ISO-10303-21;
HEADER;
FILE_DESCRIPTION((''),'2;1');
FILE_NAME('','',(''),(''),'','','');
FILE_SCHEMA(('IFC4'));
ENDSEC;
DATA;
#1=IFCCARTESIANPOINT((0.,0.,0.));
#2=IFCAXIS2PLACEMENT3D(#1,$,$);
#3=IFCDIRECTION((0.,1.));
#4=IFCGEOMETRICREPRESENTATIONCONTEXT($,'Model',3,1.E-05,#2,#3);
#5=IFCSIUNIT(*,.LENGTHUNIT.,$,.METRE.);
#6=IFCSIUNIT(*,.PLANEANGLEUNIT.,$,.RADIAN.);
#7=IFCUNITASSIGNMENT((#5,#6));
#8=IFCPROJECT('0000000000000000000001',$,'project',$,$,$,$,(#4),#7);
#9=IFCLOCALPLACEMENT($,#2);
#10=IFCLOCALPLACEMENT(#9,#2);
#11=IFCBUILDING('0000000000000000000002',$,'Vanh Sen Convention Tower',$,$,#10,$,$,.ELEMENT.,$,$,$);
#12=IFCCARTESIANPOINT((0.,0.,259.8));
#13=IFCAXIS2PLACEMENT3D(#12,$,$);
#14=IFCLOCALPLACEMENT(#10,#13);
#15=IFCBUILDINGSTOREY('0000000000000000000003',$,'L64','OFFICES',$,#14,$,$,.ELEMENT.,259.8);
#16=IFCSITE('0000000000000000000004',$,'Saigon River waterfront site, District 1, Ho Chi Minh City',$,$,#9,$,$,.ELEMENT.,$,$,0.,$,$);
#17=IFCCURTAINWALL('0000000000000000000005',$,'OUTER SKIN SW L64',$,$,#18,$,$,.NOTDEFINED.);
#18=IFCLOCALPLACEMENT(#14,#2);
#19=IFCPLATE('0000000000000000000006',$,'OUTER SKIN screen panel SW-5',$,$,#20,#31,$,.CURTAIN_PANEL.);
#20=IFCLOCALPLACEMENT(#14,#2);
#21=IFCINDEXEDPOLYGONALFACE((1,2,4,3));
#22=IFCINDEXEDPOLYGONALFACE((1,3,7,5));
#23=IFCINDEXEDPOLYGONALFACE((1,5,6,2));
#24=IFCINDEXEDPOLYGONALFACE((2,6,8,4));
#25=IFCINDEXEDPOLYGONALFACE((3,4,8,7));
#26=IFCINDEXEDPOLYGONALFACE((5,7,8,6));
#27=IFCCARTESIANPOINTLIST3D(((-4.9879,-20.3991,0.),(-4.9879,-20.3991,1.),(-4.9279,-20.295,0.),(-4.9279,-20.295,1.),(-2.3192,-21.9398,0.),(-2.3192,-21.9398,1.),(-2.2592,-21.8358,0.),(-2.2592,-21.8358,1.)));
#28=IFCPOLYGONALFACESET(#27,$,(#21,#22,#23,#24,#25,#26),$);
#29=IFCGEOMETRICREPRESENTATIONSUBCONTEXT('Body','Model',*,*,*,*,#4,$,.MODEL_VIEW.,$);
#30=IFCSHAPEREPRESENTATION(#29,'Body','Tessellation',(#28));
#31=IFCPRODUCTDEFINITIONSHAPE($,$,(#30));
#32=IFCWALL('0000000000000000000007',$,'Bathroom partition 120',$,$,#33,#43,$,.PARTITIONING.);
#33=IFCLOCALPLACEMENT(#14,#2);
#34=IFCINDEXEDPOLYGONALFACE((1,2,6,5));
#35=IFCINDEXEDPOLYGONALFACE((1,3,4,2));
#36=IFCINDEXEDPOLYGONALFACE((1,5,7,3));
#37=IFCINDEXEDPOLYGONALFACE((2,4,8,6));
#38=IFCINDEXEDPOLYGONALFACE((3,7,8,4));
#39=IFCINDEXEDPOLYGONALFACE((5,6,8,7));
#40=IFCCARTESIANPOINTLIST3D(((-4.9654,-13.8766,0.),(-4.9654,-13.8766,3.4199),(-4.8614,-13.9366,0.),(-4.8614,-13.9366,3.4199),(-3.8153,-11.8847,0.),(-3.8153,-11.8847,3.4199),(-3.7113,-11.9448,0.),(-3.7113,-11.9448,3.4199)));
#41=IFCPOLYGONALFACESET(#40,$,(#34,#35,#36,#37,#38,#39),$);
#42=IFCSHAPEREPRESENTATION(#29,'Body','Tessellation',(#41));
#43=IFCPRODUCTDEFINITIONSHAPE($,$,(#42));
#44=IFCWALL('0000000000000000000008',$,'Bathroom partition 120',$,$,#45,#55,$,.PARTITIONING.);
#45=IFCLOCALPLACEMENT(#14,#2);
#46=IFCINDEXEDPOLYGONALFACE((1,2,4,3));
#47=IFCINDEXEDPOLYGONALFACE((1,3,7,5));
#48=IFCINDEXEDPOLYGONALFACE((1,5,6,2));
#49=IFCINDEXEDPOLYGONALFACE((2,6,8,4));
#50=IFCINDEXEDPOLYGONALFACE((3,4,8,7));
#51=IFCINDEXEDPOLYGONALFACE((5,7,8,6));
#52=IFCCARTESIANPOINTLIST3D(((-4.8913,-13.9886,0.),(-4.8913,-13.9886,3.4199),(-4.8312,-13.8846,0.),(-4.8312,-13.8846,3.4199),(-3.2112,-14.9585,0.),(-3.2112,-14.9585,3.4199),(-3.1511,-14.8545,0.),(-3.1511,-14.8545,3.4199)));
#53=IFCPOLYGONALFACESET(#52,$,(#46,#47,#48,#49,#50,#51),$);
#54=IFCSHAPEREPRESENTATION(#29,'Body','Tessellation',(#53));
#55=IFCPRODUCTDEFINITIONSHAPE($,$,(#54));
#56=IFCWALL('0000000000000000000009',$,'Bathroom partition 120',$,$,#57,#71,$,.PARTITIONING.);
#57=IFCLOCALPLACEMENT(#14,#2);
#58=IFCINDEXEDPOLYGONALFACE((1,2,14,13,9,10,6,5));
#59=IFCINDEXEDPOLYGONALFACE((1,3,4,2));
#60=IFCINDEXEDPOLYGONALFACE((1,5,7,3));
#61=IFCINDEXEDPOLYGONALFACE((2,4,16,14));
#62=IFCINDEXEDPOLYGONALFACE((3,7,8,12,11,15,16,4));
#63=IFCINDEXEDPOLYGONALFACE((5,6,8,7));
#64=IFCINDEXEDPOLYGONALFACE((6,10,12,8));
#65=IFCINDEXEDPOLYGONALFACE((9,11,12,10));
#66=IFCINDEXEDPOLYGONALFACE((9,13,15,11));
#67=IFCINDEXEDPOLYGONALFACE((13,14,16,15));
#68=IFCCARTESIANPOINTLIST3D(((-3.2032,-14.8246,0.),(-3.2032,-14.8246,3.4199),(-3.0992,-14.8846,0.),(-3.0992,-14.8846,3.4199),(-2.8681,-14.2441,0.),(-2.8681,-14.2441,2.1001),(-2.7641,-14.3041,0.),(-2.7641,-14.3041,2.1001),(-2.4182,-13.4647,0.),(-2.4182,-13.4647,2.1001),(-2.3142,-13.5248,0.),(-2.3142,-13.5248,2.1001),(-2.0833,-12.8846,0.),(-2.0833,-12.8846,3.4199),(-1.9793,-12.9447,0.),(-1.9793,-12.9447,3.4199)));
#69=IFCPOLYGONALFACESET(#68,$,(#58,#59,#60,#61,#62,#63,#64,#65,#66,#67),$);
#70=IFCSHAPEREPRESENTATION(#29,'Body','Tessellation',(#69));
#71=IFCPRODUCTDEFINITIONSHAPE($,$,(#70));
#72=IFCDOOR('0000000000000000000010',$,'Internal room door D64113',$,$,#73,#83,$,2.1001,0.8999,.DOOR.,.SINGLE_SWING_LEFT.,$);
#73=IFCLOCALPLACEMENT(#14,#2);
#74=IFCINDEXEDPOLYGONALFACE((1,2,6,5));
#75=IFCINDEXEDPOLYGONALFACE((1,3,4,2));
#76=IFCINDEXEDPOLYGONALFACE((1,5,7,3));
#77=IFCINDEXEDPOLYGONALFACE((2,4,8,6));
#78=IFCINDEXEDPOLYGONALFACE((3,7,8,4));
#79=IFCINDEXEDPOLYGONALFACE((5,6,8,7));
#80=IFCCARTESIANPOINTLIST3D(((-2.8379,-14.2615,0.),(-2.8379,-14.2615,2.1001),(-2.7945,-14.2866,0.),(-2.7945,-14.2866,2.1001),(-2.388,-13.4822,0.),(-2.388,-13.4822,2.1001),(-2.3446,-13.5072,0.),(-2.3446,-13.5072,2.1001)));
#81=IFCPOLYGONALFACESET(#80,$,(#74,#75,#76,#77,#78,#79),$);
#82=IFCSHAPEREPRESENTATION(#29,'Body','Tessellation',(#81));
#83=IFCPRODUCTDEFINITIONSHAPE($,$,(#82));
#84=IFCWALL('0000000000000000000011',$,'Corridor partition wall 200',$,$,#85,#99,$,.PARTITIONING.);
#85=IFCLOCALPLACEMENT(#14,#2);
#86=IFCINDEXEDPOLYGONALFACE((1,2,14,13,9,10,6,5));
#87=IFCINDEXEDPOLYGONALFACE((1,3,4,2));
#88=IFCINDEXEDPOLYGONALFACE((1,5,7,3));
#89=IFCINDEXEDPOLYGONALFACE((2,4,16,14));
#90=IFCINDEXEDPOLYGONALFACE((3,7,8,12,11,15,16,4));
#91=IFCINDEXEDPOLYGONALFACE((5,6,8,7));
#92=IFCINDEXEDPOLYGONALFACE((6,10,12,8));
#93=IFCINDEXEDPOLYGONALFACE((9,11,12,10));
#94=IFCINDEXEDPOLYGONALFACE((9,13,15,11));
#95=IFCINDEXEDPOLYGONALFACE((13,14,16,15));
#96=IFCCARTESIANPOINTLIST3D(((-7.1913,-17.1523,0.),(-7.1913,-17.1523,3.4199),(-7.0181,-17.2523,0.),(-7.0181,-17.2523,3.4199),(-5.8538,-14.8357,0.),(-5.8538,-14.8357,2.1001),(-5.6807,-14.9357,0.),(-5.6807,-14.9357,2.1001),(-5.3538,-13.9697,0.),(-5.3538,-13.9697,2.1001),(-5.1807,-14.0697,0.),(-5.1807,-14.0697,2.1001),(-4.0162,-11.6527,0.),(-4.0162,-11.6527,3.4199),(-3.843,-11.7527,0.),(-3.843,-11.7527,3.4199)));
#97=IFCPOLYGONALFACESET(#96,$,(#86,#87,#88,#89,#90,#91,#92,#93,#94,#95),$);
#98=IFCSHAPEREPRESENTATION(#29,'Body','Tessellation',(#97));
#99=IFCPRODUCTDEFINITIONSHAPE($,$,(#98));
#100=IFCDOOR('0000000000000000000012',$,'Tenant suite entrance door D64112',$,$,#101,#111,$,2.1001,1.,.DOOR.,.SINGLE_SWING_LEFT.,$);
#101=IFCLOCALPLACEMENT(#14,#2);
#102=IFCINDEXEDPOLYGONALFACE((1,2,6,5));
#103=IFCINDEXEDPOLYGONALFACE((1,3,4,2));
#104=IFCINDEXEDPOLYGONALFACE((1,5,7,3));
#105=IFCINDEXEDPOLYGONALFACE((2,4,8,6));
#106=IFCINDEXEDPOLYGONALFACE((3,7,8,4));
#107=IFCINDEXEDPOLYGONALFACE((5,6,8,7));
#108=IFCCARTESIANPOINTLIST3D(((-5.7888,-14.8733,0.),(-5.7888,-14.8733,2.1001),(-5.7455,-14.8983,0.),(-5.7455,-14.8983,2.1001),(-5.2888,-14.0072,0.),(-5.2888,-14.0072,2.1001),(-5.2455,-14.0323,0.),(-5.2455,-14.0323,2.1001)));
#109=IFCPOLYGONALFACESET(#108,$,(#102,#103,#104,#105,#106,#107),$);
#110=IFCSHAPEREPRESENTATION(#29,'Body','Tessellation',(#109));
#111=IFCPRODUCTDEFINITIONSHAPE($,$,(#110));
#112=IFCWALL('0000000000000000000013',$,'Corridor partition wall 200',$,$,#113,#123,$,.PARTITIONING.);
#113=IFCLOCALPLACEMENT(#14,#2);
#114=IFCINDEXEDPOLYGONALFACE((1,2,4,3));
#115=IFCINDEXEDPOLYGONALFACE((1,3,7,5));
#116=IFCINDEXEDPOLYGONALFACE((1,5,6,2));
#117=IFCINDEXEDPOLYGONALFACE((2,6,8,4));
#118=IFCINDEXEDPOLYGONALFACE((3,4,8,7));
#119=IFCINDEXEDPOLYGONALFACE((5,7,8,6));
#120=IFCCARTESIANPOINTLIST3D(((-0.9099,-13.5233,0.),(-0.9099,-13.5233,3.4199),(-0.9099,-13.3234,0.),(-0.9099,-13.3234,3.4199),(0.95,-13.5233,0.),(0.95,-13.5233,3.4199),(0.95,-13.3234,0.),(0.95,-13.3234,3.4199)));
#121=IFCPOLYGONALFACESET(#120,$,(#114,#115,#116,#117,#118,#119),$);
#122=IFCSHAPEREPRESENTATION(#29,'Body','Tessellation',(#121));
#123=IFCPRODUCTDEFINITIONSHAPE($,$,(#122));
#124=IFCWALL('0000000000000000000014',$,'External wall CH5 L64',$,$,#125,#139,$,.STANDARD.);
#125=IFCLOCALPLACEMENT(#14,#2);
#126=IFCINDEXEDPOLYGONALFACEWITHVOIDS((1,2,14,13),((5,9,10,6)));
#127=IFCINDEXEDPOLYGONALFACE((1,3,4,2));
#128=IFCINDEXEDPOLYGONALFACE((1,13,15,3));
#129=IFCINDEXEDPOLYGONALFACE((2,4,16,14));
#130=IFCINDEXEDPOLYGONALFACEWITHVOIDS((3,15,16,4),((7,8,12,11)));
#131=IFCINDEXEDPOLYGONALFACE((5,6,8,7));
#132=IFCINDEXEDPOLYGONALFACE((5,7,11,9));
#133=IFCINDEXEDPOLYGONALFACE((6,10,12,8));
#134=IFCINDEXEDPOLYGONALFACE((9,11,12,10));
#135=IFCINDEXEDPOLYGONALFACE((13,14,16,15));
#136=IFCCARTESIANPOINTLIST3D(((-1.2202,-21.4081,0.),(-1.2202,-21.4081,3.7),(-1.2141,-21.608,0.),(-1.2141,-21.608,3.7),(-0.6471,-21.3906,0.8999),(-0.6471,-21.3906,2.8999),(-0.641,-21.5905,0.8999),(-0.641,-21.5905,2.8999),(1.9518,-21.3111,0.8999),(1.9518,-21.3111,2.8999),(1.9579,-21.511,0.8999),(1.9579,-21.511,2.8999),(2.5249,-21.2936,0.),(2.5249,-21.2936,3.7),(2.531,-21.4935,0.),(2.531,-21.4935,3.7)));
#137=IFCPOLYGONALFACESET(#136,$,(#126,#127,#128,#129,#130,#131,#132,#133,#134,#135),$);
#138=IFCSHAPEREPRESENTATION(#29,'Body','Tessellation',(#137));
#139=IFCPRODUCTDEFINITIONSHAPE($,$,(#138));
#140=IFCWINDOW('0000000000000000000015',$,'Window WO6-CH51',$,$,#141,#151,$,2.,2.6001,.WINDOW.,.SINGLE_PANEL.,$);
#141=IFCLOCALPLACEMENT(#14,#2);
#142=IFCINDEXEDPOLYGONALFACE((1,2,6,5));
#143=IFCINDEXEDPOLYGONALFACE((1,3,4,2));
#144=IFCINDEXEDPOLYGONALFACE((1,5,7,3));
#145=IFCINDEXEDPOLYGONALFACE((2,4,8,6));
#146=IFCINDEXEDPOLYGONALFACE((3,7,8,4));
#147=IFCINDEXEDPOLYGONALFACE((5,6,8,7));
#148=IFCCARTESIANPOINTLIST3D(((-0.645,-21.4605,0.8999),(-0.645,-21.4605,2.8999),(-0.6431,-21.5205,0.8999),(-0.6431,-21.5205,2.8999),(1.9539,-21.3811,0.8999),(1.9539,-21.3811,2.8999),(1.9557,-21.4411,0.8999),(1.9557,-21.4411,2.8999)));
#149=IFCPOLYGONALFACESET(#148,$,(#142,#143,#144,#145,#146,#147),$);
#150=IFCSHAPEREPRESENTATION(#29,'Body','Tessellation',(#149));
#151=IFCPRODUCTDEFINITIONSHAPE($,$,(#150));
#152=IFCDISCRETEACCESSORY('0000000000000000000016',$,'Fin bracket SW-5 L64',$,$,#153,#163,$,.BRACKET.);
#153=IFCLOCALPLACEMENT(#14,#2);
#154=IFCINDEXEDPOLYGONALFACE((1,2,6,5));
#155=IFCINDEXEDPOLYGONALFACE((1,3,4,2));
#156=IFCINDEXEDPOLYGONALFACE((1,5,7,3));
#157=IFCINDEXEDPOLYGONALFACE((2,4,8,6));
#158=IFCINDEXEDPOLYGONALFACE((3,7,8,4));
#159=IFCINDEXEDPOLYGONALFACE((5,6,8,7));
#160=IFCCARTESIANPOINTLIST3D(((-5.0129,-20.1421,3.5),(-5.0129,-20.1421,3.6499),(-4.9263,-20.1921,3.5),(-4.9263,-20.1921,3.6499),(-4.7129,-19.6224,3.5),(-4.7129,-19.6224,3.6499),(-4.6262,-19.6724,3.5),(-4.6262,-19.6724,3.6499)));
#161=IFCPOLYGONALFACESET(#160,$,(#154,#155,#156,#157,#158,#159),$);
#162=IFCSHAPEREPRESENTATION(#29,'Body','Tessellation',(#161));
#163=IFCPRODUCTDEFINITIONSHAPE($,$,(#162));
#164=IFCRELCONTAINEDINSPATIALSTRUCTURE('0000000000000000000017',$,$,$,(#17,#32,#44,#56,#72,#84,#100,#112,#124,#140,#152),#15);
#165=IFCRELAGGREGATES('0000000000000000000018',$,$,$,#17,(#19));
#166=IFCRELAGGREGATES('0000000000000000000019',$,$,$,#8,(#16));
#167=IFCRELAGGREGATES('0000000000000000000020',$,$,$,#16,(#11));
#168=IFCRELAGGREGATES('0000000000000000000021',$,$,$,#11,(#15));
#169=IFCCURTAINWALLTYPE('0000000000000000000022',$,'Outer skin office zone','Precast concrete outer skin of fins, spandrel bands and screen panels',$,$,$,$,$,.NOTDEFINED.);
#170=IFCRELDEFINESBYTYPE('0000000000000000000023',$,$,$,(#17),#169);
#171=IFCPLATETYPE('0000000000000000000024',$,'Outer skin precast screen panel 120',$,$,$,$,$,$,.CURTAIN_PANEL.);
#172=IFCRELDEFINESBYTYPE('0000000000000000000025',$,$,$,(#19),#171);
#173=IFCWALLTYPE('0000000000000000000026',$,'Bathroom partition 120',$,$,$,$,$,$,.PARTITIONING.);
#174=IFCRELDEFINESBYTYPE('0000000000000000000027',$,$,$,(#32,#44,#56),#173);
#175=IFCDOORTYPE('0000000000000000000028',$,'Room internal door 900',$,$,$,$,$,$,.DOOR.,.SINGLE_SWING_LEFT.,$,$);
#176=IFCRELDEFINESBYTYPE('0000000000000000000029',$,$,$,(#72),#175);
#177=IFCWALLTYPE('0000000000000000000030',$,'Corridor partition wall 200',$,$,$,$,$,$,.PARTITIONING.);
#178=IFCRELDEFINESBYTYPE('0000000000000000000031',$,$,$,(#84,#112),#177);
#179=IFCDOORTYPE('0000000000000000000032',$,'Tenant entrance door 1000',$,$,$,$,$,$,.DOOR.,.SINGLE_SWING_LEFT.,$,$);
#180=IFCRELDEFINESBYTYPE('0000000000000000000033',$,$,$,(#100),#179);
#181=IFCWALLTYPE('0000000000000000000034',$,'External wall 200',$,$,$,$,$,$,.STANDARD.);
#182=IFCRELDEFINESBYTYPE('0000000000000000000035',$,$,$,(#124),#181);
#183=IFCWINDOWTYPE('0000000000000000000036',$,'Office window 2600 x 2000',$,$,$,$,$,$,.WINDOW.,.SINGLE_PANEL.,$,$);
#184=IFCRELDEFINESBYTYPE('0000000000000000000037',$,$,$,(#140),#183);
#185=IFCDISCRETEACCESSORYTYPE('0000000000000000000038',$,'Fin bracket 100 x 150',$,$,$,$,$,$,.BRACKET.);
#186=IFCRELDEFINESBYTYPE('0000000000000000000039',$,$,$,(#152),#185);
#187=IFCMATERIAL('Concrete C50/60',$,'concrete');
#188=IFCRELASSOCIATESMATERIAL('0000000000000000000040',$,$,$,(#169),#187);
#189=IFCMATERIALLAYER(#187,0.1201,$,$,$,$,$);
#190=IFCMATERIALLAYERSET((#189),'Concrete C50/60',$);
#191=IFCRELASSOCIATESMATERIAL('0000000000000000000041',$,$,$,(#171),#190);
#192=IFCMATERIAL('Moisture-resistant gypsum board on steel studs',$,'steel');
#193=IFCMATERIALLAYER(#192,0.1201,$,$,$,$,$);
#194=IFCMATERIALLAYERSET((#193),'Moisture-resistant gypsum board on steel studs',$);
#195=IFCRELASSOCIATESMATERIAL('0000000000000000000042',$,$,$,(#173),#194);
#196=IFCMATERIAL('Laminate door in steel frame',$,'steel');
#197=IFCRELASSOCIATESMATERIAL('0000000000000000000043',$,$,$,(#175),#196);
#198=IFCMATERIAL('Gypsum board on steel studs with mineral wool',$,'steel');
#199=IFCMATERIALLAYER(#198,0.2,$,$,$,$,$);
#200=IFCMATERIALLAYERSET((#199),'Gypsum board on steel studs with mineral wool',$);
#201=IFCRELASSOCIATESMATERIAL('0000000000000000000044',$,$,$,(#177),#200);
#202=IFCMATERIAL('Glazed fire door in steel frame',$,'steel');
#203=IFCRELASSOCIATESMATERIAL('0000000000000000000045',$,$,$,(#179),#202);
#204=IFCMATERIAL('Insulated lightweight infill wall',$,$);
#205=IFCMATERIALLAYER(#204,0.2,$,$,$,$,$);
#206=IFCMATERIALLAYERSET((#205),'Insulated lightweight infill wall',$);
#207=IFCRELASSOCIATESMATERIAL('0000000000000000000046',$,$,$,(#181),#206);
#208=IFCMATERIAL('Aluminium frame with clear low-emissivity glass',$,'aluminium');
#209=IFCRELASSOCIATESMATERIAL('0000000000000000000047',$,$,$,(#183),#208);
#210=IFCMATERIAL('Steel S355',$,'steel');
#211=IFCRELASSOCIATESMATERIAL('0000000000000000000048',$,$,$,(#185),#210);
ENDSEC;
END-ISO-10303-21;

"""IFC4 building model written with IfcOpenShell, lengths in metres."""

from ifc_helpers import new_model, si_unit, direction, frame, frame_2d, origin, origin_2d, place, context, subcontext, project, spatial, rectangle, extrude, material, layer, layer_set, type_object, element, fill, aggregate, save


model = new_model("IFC4")

# Units and contexts
model_context = context("Model", 3, precision=1e-05, world=origin(), true_north=direction((0.0, 1.0)))
body_context = subcontext(model_context, "Body", "Model", "MODEL_VIEW")
ifc_project = project(units=[si_unit("LENGTHUNIT", "METRE"), si_unit("PLANEANGLEUNIT", "RADIAN")], contexts=[model_context])

# Site, building, storey
site_placement = place(None, origin())
site = spatial("IfcSite", under=ifc_project, at=site_placement, Name="Saigon River waterfront site, District 1, Ho Chi Minh City", CompositionType="ELEMENT", RefElevation=0.0)
building_placement = place(site_placement, origin())
building = spatial("IfcBuilding", under=site, at=building_placement, Name="Vanh Sen Convention Tower", CompositionType="ELEMENT")
storey_placement = place(building_placement, frame((0.0, 0.0, 259.8)))
storey = spatial("IfcBuildingStorey", under=building, at=storey_placement, Name="L64", Description="OFFICES", CompositionType="ELEMENT", Elevation=259.8)

# Curtain wall
ifc_material_1 = material(Name="Concrete C50/60", Category="concrete")
curtain_wall_type = type_object("IfcCurtainWallType", Name="Outer skin office zone", Description="Precast concrete outer skin of fins, spandrel bands and screen panels", PredefinedType="NOTDEFINED", material=ifc_material_1)
curtain_wall_1_placement = place(storey_placement, origin())
curtain_wall_1 = element("IfcCurtainWall", 1, at=curtain_wall_1_placement, inside=storey, type_object=curtain_wall_type, Name="OUTER SKIN SW L64", PredefinedType="NOTDEFINED")

# Plate
ifc_layer_1 = layer(ifc_material_1, 0.1201)
ifc_layer_set_1 = layer_set([ifc_layer_1], Name="Concrete C50/60")
plate_type = type_object("IfcPlateType", Name="Outer skin precast screen panel 120", PredefinedType="CURTAIN_PANEL", material=ifc_layer_set_1)
plate_1_placement = place(storey_placement, frame((-3.6235, -21.1174, 0.0), z_axis=(0.0, 0.0, 1.0), x_axis=(0.866029, -0.499994, 0.0)))
plate_1 = element("IfcPlate", 2, at=plate_1_placement, type_object=plate_type, Name="OUTER SKIN screen panel SW-5", PredefinedType="CURTAIN_PANEL", context=body_context, shape_type="SweptSolid", body=[
    extrude(rectangle(XDim=3.0815, YDim=0.1201, at=origin_2d()), origin(), (0.0, 0.0, 1.0), 1.0),
])
aggregate(curtain_wall_1, [plate_1])

# Walls
ifc_material_2 = material(Name="Moisture-resistant gypsum board on steel studs", Category="steel")
ifc_layer_2 = layer(ifc_material_2, 0.1201)
ifc_layer_set_2 = layer_set([ifc_layer_2], Name="Moisture-resistant gypsum board on steel studs")
wall_type_1 = type_object("IfcWallType", Name="Bathroom partition 120", PredefinedType="PARTITIONING", material=ifc_layer_set_2)
wall_1_placement = place(storey_placement, frame((-4.9133, -13.9065, 0.0), z_axis=(0.0, 0.0, 1.0), x_axis=(0.500032, 0.866007, 0.0)))
element("IfcWall", 3, at=wall_1_placement, inside=storey, type_object=wall_type_1, Name="Bathroom partition 120", PredefinedType="PARTITIONING", context=body_context, shape_type="SweptSolid", body=[
    extrude(rectangle(XDim=2.3, YDim=0.1201, at=frame_2d((1.1499, 0.0))), origin(), (0.0, 0.0, 1.0), 3.4199),
])
wall_2_placement = place(storey_placement, frame((-3.1812, -14.9065, 0.0), z_axis=(0.0, 0.0, 1.0), x_axis=(-0.866043, 0.499969, 0.0)))
element("IfcWall", 4, at=wall_2_placement, inside=storey, type_object=wall_type_1, Name="Bathroom partition 120", PredefinedType="PARTITIONING", context=body_context, shape_type="SweptSolid", body=[
    extrude(rectangle(XDim=1.9399, YDim=0.1201, at=frame_2d((0.97, 0.0))), origin(), (0.0, 0.0, 1.0), 3.4199),
])

# Walls, openings, doors
wall_3_placement = place(storey_placement, frame((-2.0312, -12.9146, 0.0), z_axis=(0.0, 0.0, 1.0), x_axis=(-0.499949, -0.866055, 0.0)))
wall_3 = element("IfcWall", 5, at=wall_3_placement, inside=storey, type_object=wall_type_1, Name="Bathroom partition 120", PredefinedType="PARTITIONING", context=body_context, shape_type="SweptSolid", body=[
    extrude(rectangle(XDim=2.24, YDim=0.1201, at=frame_2d((1.1201, 0.0))), origin(), (0.0, 0.0, 1.0), 3.4199),
])
opening_1_placement = place(wall_3_placement, frame((0.6699, 0.0, 0.0)))
opening_1 = element("IfcOpeningElement", 6, at=opening_1_placement, cuts=wall_3, PredefinedType="OPENING", context=body_context, shape_type="SweptSolid", body=[
    extrude(rectangle(XDim=0.8999, YDim=2.1001, at=frame_2d((0.45, 1.05))), frame((0.0, 0.0701, 0.0), z_axis=(0.0, -1.0, 0.0), x_axis=(1.0, 0.0, 0.0)), (0.0, 0.0, 1.0), 0.1401),
])
ifc_material_3 = material(Name="Laminate door in steel frame", Category="steel")
door_type_1 = type_object("IfcDoorType", Name="Room internal door 900", OperationType="SINGLE_SWING_LEFT", PredefinedType="DOOR", material=ifc_material_3)
door_1_placement = place(opening_1_placement, origin())
door_1 = element("IfcDoor", 7, at=door_1_placement, inside=storey, type_object=door_type_1, Name="Internal room door D64113", OperationType="SINGLE_SWING_LEFT", OverallHeight=2.1001, OverallWidth=0.8999, PredefinedType="DOOR", context=body_context, shape_type="SweptSolid", body=[
    extrude(rectangle(XDim=0.8999, YDim=2.1001, at=frame_2d((0.45, 1.05))), frame((0.0, 0.0249, 0.0), z_axis=(0.0, -1.0, 0.0), x_axis=(1.0, 0.0, 0.0)), (0.0, 0.0, 1.0), 0.05),
])
fill(opening_1, door_1)
ifc_material_4 = material(Name="Gypsum board on steel studs with mineral wool", Category="steel")
ifc_layer_3 = layer(ifc_material_4, 0.2)
ifc_layer_set_3 = layer_set([ifc_layer_3], Name="Gypsum board on steel studs with mineral wool")
wall_type_2 = type_object("IfcWallType", Name="Corridor partition wall 200", PredefinedType="PARTITIONING", material=ifc_layer_set_3)
wall_4_placement = place(storey_placement, frame((-7.1047, -17.2024, 0.0), z_axis=(0.0, 0.0, 1.0), x_axis=(0.499989, 0.866032, 0.0)))
wall_4 = element("IfcWall", 8, at=wall_4_placement, inside=storey, type_object=wall_type_2, Name="Corridor partition wall 200", PredefinedType="PARTITIONING", context=body_context, shape_type="SweptSolid", body=[
    extrude(rectangle(XDim=6.3503, YDim=0.2, at=frame_2d((3.1753, 0.0))), origin(), (0.0, 0.0, 1.0), 3.4199),
])
opening_2_placement = place(wall_4_placement, frame((2.675, 0.0, 0.0)))
opening_2 = element("IfcOpeningElement", 9, at=opening_2_placement, cuts=wall_4, PredefinedType="OPENING", context=body_context, shape_type="SweptSolid", body=[
    extrude(rectangle(XDim=1.0, YDim=2.1001, at=frame_2d((0.5, 1.05))), frame((0.0, 0.1099, 0.0), z_axis=(0.0, -1.0, 0.0), x_axis=(1.0, 0.0, 0.0)), (0.0, 0.0, 1.0), 0.22),
])
ifc_material_5 = material(Name="Glazed fire door in steel frame", Category="steel")
door_type_2 = type_object("IfcDoorType", Name="Tenant entrance door 1000", OperationType="SINGLE_SWING_LEFT", PredefinedType="DOOR", material=ifc_material_5)
door_2_placement = place(opening_2_placement, origin())
door_2 = element("IfcDoor", 10, at=door_2_placement, inside=storey, type_object=door_type_2, Name="Tenant suite entrance door D64112", OperationType="SINGLE_SWING_LEFT", OverallHeight=2.1001, OverallWidth=1.0, PredefinedType="DOOR", context=body_context, shape_type="SweptSolid", body=[
    extrude(rectangle(XDim=1.0, YDim=2.1001, at=frame_2d((0.5, 1.05))), frame((0.0, 0.0249, 0.0), z_axis=(0.0, -1.0, 0.0), x_axis=(1.0, 0.0, 0.0)), (0.0, 0.0, 1.0), 0.05),
])
fill(opening_2, door_2)

# Wall
wall_5_placement = place(storey_placement, frame((-0.9099, -13.4233, 0.0), z_axis=(0.0, 0.0, 1.0), x_axis=(1.0, 0.0, 0.0)))
element("IfcWall", 11, at=wall_5_placement, inside=storey, type_object=wall_type_2, Name="Corridor partition wall 200", PredefinedType="PARTITIONING", context=body_context, shape_type="SweptSolid", body=[
    extrude(rectangle(XDim=1.8599, YDim=0.2, at=frame_2d((0.9299, 0.0))), origin(), (0.0, 0.0, 1.0), 3.4199),
])

# Wall, opening, window
ifc_material_6 = material(Name="Insulated lightweight infill wall")
ifc_layer_4 = layer(ifc_material_6, 0.2)
ifc_layer_set_4 = layer_set([ifc_layer_4], Name="Insulated lightweight infill wall")
wall_type_3 = type_object("IfcWallType", Name="External wall 200", PredefinedType="STANDARD", material=ifc_layer_set_4)
wall_6_placement = place(storey_placement, frame((-1.2173, -21.5081, 0.0), z_axis=(0.0, 0.0, 1.0), x_axis=(0.999533, 0.030559, 0.0)))
wall_6 = element("IfcWall", 12, at=wall_6_placement, inside=storey, type_object=wall_type_3, Name="External wall CH5 L64", PredefinedType="STANDARD", context=body_context, shape_type="SweptSolid", body=[
    extrude(rectangle(XDim=3.7468, YDim=0.2, at=frame_2d((1.8735, 0.0))), origin(), (0.0, 0.0, 1.0), 3.7),
])
opening_3_placement = place(wall_6_placement, frame((0.5735, 0.0, 0.8999)))
opening_3 = element("IfcOpeningElement", 13, at=opening_3_placement, cuts=wall_6, PredefinedType="OPENING", context=body_context, shape_type="SweptSolid", body=[
    extrude(rectangle(XDim=2.6001, YDim=2.0, at=frame_2d((1.3, 1.0))), frame((0.0, 0.1099, 0.0), z_axis=(0.0, -1.0, 0.0), x_axis=(1.0, 0.0, 0.0)), (0.0, 0.0, 1.0), 0.22),
])
ifc_material_7 = material(Name="Aluminium frame with clear low-emissivity glass", Category="aluminium")
window_type = type_object("IfcWindowType", Name="Office window 2600 x 2000", PartitioningType="SINGLE_PANEL", PredefinedType="WINDOW", material=ifc_material_7)
window_placement = place(opening_3_placement, origin())
window = element("IfcWindow", 14, at=window_placement, inside=storey, type_object=window_type, Name="Window WO6-CH51", OverallHeight=2.0, OverallWidth=2.6001, PartitioningType="SINGLE_PANEL", PredefinedType="WINDOW", context=body_context, shape_type="SweptSolid", body=[
    extrude(rectangle(XDim=2.6001, YDim=2.0, at=frame_2d((1.3, 1.0))), frame((0.0, 0.03, 0.0), z_axis=(0.0, -1.0, 0.0), x_axis=(1.0, 0.0, 0.0)), (0.0, 0.0, 1.0), 0.0601),
])
fill(opening_3, window)

# Discrete accessory
ifc_material_8 = material(Name="Steel S355", Category="steel")
discrete_accessory_type = type_object("IfcDiscreteAccessoryType", Name="Fin bracket 100 x 150", PredefinedType="BRACKET", material=ifc_material_8)
discrete_accessory_placement = place(storey_placement, frame((-4.8196, -19.9072, 3.5), z_axis=(0.0, 0.0, 1.0), x_axis=(-0.5, -0.866025, 0.0)))
element("IfcDiscreteAccessory", 15, at=discrete_accessory_placement, inside=storey, type_object=discrete_accessory_type, Name="Fin bracket SW-5 L64", PredefinedType="BRACKET", context=body_context, shape_type="SweptSolid", body=[
    extrude(rectangle(XDim=0.6001, YDim=0.1001, at=origin_2d()), origin(), (0.0, 0.0, 1.0), 0.1499),
])

save(model, "model.ifc")
